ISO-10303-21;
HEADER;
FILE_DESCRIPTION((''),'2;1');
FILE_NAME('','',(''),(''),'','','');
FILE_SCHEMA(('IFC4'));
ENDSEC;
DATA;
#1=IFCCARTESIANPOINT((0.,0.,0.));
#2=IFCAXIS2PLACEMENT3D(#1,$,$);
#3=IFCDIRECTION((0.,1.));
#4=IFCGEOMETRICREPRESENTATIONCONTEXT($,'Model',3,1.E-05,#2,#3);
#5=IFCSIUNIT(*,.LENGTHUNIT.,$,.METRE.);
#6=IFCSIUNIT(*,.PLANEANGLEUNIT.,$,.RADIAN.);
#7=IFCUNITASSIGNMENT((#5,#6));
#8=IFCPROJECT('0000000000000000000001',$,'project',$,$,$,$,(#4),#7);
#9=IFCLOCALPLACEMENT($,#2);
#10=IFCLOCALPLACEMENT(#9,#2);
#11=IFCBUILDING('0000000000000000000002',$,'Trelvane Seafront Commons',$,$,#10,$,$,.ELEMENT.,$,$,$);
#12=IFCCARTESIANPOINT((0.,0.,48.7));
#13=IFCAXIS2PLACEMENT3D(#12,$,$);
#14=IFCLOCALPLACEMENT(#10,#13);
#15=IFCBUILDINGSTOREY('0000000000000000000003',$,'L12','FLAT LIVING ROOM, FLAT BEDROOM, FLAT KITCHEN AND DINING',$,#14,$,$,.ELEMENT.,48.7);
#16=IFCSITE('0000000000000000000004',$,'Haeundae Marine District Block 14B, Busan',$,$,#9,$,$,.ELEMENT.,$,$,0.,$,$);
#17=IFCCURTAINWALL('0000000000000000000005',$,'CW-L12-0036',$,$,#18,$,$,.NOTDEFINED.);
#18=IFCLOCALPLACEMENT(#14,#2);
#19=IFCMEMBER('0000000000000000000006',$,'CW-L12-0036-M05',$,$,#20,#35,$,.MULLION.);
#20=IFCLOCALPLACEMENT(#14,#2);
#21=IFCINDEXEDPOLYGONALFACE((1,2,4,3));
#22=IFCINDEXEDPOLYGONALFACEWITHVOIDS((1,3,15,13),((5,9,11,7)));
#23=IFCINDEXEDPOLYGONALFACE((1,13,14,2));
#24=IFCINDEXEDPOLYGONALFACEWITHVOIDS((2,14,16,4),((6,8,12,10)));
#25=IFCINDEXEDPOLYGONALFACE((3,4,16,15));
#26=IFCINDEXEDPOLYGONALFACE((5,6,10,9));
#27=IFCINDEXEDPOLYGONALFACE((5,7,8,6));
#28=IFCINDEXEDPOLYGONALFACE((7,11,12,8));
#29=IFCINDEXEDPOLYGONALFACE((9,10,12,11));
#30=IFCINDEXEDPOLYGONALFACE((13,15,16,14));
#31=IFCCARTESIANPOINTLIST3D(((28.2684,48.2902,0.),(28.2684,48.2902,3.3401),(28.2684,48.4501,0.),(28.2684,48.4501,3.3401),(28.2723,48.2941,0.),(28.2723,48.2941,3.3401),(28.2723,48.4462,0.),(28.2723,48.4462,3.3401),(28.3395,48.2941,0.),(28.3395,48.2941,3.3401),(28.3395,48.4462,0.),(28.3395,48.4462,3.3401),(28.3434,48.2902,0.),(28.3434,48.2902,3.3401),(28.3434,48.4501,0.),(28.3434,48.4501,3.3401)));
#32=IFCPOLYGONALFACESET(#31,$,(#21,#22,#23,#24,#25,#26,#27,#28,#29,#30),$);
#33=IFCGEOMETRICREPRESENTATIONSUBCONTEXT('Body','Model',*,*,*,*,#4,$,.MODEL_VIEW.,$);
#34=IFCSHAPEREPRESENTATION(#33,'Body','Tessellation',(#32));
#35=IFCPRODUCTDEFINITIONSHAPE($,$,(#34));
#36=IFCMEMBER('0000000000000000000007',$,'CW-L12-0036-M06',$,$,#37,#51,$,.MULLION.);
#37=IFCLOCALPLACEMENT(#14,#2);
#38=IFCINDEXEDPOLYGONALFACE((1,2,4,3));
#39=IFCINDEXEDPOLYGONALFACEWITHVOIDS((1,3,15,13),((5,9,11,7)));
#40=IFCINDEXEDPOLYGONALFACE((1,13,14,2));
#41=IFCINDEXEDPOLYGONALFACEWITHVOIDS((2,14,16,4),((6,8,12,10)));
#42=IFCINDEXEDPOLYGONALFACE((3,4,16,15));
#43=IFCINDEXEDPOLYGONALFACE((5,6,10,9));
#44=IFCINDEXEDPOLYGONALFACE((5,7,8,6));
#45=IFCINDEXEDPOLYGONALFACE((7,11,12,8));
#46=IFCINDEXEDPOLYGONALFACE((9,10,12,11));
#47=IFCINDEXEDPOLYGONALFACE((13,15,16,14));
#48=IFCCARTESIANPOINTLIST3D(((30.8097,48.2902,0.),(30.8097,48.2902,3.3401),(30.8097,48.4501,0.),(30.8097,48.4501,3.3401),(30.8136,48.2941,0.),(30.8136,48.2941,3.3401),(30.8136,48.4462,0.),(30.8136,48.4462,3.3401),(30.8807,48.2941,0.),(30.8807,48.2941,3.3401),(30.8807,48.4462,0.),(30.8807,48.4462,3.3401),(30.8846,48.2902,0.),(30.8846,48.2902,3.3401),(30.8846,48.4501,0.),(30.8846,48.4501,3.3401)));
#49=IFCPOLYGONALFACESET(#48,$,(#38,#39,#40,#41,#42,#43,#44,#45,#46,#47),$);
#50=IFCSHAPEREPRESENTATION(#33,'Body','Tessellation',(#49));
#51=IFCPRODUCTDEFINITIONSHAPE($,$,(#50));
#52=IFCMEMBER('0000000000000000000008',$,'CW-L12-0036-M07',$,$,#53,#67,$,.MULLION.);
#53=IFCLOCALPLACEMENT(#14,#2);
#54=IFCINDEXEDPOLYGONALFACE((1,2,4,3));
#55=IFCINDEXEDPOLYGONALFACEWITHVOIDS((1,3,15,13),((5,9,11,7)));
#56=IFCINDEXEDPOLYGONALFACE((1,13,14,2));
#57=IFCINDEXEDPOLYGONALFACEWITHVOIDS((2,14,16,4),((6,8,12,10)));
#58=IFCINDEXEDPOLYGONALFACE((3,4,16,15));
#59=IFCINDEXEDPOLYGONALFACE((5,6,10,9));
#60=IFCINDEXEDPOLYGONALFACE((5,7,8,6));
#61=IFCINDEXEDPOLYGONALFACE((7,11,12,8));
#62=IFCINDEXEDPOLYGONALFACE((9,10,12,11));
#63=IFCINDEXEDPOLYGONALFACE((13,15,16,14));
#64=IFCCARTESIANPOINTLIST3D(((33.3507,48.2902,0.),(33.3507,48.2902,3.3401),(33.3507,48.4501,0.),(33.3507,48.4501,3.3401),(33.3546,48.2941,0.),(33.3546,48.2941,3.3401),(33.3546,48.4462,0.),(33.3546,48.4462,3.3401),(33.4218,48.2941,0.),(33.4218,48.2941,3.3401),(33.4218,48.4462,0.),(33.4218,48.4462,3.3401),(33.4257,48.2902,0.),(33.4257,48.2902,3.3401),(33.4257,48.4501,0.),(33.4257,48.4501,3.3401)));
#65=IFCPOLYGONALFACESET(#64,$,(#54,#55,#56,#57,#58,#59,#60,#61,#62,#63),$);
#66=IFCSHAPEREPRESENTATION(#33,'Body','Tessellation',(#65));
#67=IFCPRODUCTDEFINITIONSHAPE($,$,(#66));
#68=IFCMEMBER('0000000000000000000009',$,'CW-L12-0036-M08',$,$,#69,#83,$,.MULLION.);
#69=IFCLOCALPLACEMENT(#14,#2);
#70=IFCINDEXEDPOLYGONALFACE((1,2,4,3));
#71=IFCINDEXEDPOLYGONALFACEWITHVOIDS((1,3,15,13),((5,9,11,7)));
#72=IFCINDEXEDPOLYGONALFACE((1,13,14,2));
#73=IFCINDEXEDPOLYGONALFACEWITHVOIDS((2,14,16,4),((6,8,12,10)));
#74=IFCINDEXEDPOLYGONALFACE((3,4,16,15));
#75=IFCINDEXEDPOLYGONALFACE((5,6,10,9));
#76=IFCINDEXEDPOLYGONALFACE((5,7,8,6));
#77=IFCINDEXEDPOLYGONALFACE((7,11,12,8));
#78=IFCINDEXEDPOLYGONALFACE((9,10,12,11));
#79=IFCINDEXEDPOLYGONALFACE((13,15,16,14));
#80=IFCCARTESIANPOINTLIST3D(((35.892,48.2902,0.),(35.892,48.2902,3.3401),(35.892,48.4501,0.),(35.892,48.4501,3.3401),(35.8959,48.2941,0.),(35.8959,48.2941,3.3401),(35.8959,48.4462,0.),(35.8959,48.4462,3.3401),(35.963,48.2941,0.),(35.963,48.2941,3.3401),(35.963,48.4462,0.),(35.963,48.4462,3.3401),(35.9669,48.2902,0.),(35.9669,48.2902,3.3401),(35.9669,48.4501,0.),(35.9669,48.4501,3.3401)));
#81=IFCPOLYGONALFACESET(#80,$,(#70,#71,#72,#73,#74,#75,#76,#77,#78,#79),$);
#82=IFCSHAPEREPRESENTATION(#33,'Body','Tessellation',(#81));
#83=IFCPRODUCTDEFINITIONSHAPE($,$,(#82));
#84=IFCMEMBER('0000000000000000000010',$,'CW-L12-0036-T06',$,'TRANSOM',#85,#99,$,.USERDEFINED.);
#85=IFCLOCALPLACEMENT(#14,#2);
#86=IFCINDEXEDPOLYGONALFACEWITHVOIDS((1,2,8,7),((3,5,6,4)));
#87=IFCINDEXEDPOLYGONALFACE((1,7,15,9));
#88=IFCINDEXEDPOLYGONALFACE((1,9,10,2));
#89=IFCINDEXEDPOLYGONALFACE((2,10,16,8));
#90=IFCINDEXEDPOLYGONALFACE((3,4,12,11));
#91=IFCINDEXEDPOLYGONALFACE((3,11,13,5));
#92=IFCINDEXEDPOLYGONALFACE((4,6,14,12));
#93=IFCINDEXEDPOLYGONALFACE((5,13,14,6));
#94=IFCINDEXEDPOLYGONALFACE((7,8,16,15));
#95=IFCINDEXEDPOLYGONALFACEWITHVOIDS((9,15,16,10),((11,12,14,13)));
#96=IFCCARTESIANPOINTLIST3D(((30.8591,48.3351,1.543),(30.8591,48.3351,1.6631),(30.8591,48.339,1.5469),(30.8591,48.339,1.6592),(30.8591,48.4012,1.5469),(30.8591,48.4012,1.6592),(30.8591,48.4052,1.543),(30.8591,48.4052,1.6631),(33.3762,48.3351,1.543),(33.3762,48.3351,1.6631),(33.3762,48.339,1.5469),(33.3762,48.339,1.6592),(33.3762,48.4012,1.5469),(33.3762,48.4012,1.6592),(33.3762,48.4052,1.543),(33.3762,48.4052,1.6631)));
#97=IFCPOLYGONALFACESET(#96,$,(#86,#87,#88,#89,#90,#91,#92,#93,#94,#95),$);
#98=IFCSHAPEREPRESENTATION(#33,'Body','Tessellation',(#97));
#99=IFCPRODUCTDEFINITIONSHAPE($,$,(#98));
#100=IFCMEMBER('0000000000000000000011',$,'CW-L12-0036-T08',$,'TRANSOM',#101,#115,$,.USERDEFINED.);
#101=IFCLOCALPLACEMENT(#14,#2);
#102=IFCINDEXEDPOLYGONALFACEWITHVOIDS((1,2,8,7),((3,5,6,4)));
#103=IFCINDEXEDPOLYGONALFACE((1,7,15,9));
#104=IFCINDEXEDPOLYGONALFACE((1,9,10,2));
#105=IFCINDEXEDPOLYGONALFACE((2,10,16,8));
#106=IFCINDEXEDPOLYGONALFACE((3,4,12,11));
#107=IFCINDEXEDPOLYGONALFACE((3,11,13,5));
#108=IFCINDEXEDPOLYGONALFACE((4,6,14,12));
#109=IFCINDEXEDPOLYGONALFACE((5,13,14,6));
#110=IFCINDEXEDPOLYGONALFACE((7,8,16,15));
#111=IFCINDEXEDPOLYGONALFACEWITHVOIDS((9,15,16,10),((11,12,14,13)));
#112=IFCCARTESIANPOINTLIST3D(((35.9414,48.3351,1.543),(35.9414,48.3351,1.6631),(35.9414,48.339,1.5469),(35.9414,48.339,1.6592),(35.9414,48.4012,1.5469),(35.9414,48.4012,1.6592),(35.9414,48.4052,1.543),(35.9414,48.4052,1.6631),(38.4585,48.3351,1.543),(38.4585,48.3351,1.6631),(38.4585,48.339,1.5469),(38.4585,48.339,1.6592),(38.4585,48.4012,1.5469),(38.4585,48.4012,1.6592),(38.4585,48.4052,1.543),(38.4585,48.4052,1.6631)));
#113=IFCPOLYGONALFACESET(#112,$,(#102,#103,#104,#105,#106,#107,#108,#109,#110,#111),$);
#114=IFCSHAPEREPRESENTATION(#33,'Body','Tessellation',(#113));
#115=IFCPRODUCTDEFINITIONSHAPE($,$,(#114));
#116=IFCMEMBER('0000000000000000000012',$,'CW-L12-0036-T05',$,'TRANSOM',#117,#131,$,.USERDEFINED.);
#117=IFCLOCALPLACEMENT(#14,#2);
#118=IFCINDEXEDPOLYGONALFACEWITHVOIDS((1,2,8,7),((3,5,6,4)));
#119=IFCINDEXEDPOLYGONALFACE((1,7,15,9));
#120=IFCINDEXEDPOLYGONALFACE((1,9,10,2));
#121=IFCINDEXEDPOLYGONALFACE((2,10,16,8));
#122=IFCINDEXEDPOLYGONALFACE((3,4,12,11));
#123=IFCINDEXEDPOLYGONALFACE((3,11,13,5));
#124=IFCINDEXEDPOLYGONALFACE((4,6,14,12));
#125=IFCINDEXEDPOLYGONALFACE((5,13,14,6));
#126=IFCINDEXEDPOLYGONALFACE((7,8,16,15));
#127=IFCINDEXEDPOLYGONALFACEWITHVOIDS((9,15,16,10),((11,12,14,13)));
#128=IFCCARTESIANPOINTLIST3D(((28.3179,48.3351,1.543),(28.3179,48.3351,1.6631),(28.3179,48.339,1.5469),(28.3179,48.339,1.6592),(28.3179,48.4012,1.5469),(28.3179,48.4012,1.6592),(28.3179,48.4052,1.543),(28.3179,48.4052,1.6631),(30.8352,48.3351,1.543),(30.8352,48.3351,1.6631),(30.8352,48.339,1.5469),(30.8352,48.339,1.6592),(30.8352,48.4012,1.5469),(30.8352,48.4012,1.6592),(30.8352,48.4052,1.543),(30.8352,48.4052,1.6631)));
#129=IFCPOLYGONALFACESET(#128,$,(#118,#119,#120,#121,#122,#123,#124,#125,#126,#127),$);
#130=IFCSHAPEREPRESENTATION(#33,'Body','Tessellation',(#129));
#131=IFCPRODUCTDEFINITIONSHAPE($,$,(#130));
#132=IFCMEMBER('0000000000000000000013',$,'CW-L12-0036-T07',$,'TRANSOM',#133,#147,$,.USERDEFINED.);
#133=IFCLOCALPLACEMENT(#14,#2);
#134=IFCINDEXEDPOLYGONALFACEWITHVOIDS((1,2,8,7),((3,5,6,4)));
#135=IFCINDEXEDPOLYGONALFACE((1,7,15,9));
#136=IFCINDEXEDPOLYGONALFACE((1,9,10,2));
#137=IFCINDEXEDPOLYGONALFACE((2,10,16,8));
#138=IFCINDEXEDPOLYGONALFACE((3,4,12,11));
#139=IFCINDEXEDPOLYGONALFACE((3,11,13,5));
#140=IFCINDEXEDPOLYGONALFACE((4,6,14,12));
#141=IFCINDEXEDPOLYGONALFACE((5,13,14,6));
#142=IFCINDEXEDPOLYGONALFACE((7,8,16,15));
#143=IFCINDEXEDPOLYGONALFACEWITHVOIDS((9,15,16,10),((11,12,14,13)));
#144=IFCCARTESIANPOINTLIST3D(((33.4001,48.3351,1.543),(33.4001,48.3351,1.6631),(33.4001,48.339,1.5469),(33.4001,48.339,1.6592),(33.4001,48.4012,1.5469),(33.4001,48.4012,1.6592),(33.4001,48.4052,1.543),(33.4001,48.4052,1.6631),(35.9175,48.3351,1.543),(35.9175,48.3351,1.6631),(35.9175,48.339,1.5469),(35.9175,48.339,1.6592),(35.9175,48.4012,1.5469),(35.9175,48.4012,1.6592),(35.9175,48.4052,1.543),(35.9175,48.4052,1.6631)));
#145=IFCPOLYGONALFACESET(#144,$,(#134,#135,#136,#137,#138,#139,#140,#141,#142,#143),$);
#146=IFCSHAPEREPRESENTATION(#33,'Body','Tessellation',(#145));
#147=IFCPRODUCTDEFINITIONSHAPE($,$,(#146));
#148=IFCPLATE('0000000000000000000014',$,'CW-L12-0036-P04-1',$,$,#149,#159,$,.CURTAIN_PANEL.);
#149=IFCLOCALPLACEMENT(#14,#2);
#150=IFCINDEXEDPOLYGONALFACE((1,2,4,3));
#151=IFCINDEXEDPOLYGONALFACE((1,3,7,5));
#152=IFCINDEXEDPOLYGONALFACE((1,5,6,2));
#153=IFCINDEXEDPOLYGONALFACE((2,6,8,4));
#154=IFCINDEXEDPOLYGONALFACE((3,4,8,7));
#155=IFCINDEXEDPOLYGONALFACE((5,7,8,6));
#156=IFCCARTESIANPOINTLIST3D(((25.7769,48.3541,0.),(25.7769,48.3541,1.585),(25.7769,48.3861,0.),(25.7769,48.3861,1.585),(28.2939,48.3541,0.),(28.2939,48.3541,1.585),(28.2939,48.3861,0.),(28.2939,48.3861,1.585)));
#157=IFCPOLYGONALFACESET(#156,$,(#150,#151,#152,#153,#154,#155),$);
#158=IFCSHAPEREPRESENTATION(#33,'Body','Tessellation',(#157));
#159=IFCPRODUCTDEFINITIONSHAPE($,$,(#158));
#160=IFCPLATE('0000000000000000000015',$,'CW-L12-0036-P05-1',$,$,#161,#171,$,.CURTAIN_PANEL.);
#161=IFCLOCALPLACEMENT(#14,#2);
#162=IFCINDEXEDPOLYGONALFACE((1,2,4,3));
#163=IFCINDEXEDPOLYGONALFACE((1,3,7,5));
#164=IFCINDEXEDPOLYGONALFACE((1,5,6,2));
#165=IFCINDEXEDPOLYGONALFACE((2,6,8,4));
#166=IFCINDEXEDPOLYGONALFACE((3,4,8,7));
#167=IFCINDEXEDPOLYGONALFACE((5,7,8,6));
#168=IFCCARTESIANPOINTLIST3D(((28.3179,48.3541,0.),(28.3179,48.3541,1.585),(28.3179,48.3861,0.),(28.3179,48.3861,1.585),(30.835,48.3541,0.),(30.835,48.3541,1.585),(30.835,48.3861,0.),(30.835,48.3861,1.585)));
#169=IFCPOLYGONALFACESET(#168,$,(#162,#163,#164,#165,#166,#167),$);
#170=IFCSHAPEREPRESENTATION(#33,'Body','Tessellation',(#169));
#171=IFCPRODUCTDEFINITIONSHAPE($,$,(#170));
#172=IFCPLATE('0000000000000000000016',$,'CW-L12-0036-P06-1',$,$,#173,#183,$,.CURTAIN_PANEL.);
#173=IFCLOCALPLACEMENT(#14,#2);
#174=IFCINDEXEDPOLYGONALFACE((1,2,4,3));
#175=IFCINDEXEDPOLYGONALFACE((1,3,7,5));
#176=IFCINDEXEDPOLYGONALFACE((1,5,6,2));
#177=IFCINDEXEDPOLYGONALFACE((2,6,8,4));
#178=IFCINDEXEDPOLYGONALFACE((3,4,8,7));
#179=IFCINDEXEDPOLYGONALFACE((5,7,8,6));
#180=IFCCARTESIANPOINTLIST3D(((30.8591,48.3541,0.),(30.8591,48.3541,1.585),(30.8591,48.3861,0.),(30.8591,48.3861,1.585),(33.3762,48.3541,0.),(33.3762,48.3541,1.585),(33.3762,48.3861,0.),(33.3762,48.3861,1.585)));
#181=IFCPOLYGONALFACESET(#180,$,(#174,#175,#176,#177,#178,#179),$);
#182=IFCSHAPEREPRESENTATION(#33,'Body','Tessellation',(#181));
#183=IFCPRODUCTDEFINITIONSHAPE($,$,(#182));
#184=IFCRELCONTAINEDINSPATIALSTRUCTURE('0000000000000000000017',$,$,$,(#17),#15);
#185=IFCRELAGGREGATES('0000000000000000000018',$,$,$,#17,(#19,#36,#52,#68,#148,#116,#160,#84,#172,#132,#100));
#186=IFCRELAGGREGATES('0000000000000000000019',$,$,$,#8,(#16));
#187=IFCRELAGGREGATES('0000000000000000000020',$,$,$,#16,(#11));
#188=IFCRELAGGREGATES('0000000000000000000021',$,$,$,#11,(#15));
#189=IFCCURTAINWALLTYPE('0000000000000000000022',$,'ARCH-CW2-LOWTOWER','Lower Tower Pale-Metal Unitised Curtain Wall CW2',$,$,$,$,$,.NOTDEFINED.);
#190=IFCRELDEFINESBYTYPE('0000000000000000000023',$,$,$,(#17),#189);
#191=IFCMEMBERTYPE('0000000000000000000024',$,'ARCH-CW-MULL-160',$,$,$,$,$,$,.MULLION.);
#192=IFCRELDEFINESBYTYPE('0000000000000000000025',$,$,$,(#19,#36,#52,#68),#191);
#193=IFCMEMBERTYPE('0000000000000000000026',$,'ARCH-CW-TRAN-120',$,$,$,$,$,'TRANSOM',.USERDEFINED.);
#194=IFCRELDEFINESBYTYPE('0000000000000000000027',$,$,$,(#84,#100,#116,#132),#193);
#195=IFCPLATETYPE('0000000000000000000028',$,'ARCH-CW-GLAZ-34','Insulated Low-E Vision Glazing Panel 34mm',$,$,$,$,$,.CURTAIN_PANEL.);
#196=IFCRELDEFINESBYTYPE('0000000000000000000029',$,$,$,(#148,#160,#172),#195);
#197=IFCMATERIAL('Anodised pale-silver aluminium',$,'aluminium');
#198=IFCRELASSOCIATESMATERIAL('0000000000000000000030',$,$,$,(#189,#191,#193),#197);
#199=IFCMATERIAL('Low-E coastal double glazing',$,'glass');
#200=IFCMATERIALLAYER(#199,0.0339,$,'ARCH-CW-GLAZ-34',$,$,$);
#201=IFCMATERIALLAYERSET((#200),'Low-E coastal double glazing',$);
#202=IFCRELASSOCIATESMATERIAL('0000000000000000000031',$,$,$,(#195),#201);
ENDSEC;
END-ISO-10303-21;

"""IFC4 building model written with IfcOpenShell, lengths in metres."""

from ifc_helpers import new_model, si_unit, direction, frame, origin, origin_2d, place, context, subcontext, project, spatial, rectangle, hollow_rectangle, extrude, source, transform, mapped, material, layer, layer_set, material_profile, profile_set, type_object, element, aggregate, save


model = new_model("IFC4")

# Units and contexts
model_context = context("Model", 3, precision=1e-05, world=origin(), true_north=direction((0.0, 1.0)))
body_context = subcontext(model_context, "Body", "Model", "MODEL_VIEW")
ifc_project = project(units=[si_unit("LENGTHUNIT", "METRE"), si_unit("PLANEANGLEUNIT", "RADIAN")], contexts=[model_context])

# Site, building, storey
site_placement = place(None, origin())
site = spatial("IfcSite", under=ifc_project, at=site_placement, Name="Haeundae Marine District Block 14B, Busan", CompositionType="ELEMENT", RefElevation=0.0)
building_placement = place(site_placement, origin())
building = spatial("IfcBuilding", under=site, at=building_placement, Name="Trelvane Seafront Commons", CompositionType="ELEMENT")
storey_placement = place(building_placement, frame((0.0, 0.0, 48.7)))
storey = spatial("IfcBuildingStorey", under=building, at=storey_placement, Name="L12", Description="FLAT LIVING ROOM, FLAT BEDROOM, FLAT KITCHEN AND DINING", CompositionType="ELEMENT", Elevation=48.7)

# Curtain wall, members, plates
ifc_material_1 = material(Name="Anodised pale-silver aluminium", Category="aluminium")
curtain_wall_type = type_object("IfcCurtainWallType", Name="ARCH-CW2-LOWTOWER", Description="Lower Tower Pale-Metal Unitised Curtain Wall CW2", PredefinedType="NOTDEFINED", material=ifc_material_1)
curtain_wall_placement = place(storey_placement, origin())
curtain_wall = element("IfcCurtainWall", 1, at=curtain_wall_placement, inside=storey, type_object=curtain_wall_type, Name="CW-L12-0036", PredefinedType="NOTDEFINED")
ifc_material_profile_1 = material_profile(ifc_material_1, hollow_rectangle(XDim=0.075, YDim=0.1599, WallThickness=0.0039, at=origin_2d()), Name="MULL-75x160x4")
ifc_profile_set_1 = profile_set([ifc_material_profile_1], Name="Anodised pale-silver aluminium")
member_type_1 = type_object("IfcMemberType", Name="ARCH-CW-MULL-160", PredefinedType="MULLION", material=ifc_profile_set_1)
shared_shape_1 = source(origin(), body_context, "Body", "SweptSolid", [
    extrude(hollow_rectangle(XDim=0.075, YDim=0.1599, WallThickness=0.0039, at=origin_2d()), origin(), (0.0, 0.0, 1.0), 3.3401),
])
member_1_placement = place(storey_placement, frame((28.3059, 48.3701, 0.0), z_axis=(0.0, 0.0, 1.0), x_axis=(1.0, 0.0, 0.0)))
member_1 = element("IfcMember", 2, at=member_1_placement, type_object=member_type_1, Name="CW-L12-0036-M05", PredefinedType="MULLION", context=body_context, shape_type="MappedRepresentation", body=[
    mapped(shared_shape_1, transform((0.0, 0.0, 0.0), x_axis=(1.0, 0.0, 0.0), y_axis=(0.0, 1.0, 0.0), z_axis=(0.0, 0.0, 1.0), scale=1.0)),
])
member_2_placement = place(storey_placement, frame((30.8472, 48.3701, 0.0), z_axis=(0.0, 0.0, 1.0), x_axis=(1.0, 0.0, 0.0)))
member_2 = element("IfcMember", 3, at=member_2_placement, type_object=member_type_1, Name="CW-L12-0036-M06", PredefinedType="MULLION", context=body_context, shape_type="MappedRepresentation", body=[
    mapped(shared_shape_1, transform((0.0, 0.0, 0.0), x_axis=(1.0, 0.0, 0.0), y_axis=(0.0, 1.0, 0.0), z_axis=(0.0, 0.0, 1.0), scale=1.0)),
])
member_3_placement = place(storey_placement, frame((33.3882, 48.3701, 0.0), z_axis=(0.0, 0.0, 1.0), x_axis=(1.0, 0.0, 0.0)))
member_3 = element("IfcMember", 4, at=member_3_placement, type_object=member_type_1, Name="CW-L12-0036-M07", PredefinedType="MULLION", context=body_context, shape_type="MappedRepresentation", body=[
    mapped(shared_shape_1, transform((0.0, 0.0, 0.0), x_axis=(1.0, 0.0, 0.0), y_axis=(0.0, 1.0, 0.0), z_axis=(0.0, 0.0, 1.0), scale=1.0)),
])
member_4_placement = place(storey_placement, frame((35.9294, 48.3701, 0.0), z_axis=(0.0, 0.0, 1.0), x_axis=(1.0, 0.0, 0.0)))
member_4 = element("IfcMember", 5, at=member_4_placement, type_object=member_type_1, Name="CW-L12-0036-M08", PredefinedType="MULLION", context=body_context, shape_type="MappedRepresentation", body=[
    mapped(shared_shape_1, transform((0.0, 0.0, 0.0), x_axis=(1.0, 0.0, 0.0), y_axis=(0.0, 1.0, 0.0), z_axis=(0.0, 0.0, 1.0), scale=1.0)),
])
ifc_material_profile_2 = material_profile(ifc_material_1, hollow_rectangle(XDim=0.0701, YDim=0.1201, WallThickness=0.0039, at=origin_2d()), Name="TRAN-70x120x4")
ifc_profile_set_2 = profile_set([ifc_material_profile_2], Name="Anodised pale-silver aluminium")
member_type_2 = type_object("IfcMemberType", Name="ARCH-CW-TRAN-120", ElementType="TRANSOM", PredefinedType="USERDEFINED", material=ifc_profile_set_2)
shared_shape_2 = source(origin(), body_context, "Body", "SweptSolid", [
    extrude(hollow_rectangle(XDim=0.0701, YDim=0.1201, WallThickness=0.0039, at=origin_2d()), origin(), (0.0, 0.0, 1.0), 2.5171),
])
member_5_placement = place(storey_placement, frame((30.8591, 48.3701, 1.603), z_axis=(1.0, 0.0, 0.0), x_axis=(0.0, 1.0, 0.0)))
member_5 = element("IfcMember", 6, at=member_5_placement, type_object=member_type_2, Name="CW-L12-0036-T06", ObjectType="TRANSOM", PredefinedType="USERDEFINED", context=body_context, shape_type="MappedRepresentation", body=[
    mapped(shared_shape_2, transform((0.0, 0.0, 0.0), x_axis=(1.0, 0.0, 0.0), y_axis=(0.0, 1.0, 0.0), z_axis=(0.0, 0.0, 1.0), scale=1.0)),
])
member_6_placement = place(storey_placement, frame((35.9414, 48.3701, 1.603), z_axis=(1.0, 0.0, 0.0), x_axis=(0.0, 1.0, 0.0)))
member_6 = element("IfcMember", 7, at=member_6_placement, type_object=member_type_2, Name="CW-L12-0036-T08", ObjectType="TRANSOM", PredefinedType="USERDEFINED", context=body_context, shape_type="MappedRepresentation", body=[
    mapped(shared_shape_2, transform((0.0, 0.0, 0.0), x_axis=(1.0, 0.0, 0.0), y_axis=(0.0, 1.0, 0.0), z_axis=(0.0, 0.0, 1.0), scale=1.0)),
])
shared_shape_3 = source(origin(), body_context, "Body", "SweptSolid", [
    extrude(hollow_rectangle(XDim=0.0701, YDim=0.1201, WallThickness=0.0039, at=origin_2d()), origin(), (0.0, 0.0, 1.0), 2.5173),
])
member_7_placement = place(storey_placement, frame((28.3179, 48.3701, 1.603), z_axis=(1.0, 0.0, 0.0), x_axis=(0.0, 1.0, 0.0)))
member_7 = element("IfcMember", 8, at=member_7_placement, type_object=member_type_2, Name="CW-L12-0036-T05", ObjectType="TRANSOM", PredefinedType="USERDEFINED", context=body_context, shape_type="MappedRepresentation", body=[
    mapped(shared_shape_3, transform((0.0, 0.0, 0.0), x_axis=(1.0, 0.0, 0.0), y_axis=(0.0, 1.0, 0.0), z_axis=(0.0, 0.0, 1.0), scale=1.0)),
])
member_8_placement = place(storey_placement, frame((33.4001, 48.3701, 1.603), z_axis=(1.0, 0.0, 0.0), x_axis=(0.0, 1.0, 0.0)))
member_8 = element("IfcMember", 9, at=member_8_placement, type_object=member_type_2, Name="CW-L12-0036-T07", ObjectType="TRANSOM", PredefinedType="USERDEFINED", context=body_context, shape_type="MappedRepresentation", body=[
    mapped(shared_shape_3, transform((0.0, 0.0, 0.0), x_axis=(1.0, 0.0, 0.0), y_axis=(0.0, 1.0, 0.0), z_axis=(0.0, 0.0, 1.0), scale=1.0)),
])
ifc_material_2 = material(Name="Low-E coastal double glazing", Category="glass")
ifc_layer_1 = layer(ifc_material_2, 0.0339, Name="ARCH-CW-GLAZ-34")
ifc_layer_set_1 = layer_set([ifc_layer_1], Name="Low-E coastal double glazing")
plate_type_1 = type_object("IfcPlateType", Name="ARCH-CW-GLAZ-34", Description="Insulated Low-E Vision Glazing Panel 34mm", PredefinedType="CURTAIN_PANEL", material=ifc_layer_set_1)
shared_shape_4 = source(origin(), body_context, "Body", "SweptSolid", [
    extrude(rectangle(XDim=2.5171, YDim=0.032, at=origin_2d()), origin(), (0.0, 0.0, 1.0), 1.585),
])
plate_1_placement = place(storey_placement, frame((27.0354, 48.3701, 0.0), z_axis=(0.0, 0.0, 1.0), x_axis=(1.0, 0.0, 0.0)))
plate_1 = element("IfcPlate", 10, at=plate_1_placement, type_object=plate_type_1, Name="CW-L12-0036-P04-1", PredefinedType="CURTAIN_PANEL", context=body_context, shape_type="MappedRepresentation", body=[
    mapped(shared_shape_4, transform((0.0, 0.0, 0.0), x_axis=(1.0, 0.0, 0.0), y_axis=(0.0, 1.0, 0.0), z_axis=(0.0, 0.0, 1.0), scale=1.0)),
])
plate_2_placement = place(storey_placement, frame((29.5764, 48.3701, 0.0), z_axis=(0.0, 0.0, 1.0), x_axis=(1.0, 0.0, 0.0)))
plate_2 = element("IfcPlate", 11, at=plate_2_placement, type_object=plate_type_1, Name="CW-L12-0036-P05-1", PredefinedType="CURTAIN_PANEL", context=body_context, shape_type="MappedRepresentation", body=[
    mapped(shared_shape_4, transform((0.0, 0.0, 0.0), x_axis=(1.0, 0.0, 0.0), y_axis=(0.0, 1.0, 0.0), z_axis=(0.0, 0.0, 1.0), scale=1.0)),
])
plate_3_placement = place(storey_placement, frame((32.1177, 48.3701, 0.0), z_axis=(0.0, 0.0, 1.0), x_axis=(1.0, 0.0, 0.0)))
plate_3 = element("IfcPlate", 12, at=plate_3_placement, type_object=plate_type_1, Name="CW-L12-0036-P06-1", PredefinedType="CURTAIN_PANEL", context=body_context, shape_type="MappedRepresentation", body=[
    mapped(shared_shape_4, transform((0.0, 0.0, 0.0), x_axis=(1.0, 0.0, 0.0), y_axis=(0.0, 1.0, 0.0), z_axis=(0.0, 0.0, 1.0), scale=1.0)),
])
aggregate(curtain_wall, [member_1, member_2, member_3, member_4, plate_1, member_7, plate_2, member_5, plate_3, member_8, member_6])

save(model, "model.ifc")
